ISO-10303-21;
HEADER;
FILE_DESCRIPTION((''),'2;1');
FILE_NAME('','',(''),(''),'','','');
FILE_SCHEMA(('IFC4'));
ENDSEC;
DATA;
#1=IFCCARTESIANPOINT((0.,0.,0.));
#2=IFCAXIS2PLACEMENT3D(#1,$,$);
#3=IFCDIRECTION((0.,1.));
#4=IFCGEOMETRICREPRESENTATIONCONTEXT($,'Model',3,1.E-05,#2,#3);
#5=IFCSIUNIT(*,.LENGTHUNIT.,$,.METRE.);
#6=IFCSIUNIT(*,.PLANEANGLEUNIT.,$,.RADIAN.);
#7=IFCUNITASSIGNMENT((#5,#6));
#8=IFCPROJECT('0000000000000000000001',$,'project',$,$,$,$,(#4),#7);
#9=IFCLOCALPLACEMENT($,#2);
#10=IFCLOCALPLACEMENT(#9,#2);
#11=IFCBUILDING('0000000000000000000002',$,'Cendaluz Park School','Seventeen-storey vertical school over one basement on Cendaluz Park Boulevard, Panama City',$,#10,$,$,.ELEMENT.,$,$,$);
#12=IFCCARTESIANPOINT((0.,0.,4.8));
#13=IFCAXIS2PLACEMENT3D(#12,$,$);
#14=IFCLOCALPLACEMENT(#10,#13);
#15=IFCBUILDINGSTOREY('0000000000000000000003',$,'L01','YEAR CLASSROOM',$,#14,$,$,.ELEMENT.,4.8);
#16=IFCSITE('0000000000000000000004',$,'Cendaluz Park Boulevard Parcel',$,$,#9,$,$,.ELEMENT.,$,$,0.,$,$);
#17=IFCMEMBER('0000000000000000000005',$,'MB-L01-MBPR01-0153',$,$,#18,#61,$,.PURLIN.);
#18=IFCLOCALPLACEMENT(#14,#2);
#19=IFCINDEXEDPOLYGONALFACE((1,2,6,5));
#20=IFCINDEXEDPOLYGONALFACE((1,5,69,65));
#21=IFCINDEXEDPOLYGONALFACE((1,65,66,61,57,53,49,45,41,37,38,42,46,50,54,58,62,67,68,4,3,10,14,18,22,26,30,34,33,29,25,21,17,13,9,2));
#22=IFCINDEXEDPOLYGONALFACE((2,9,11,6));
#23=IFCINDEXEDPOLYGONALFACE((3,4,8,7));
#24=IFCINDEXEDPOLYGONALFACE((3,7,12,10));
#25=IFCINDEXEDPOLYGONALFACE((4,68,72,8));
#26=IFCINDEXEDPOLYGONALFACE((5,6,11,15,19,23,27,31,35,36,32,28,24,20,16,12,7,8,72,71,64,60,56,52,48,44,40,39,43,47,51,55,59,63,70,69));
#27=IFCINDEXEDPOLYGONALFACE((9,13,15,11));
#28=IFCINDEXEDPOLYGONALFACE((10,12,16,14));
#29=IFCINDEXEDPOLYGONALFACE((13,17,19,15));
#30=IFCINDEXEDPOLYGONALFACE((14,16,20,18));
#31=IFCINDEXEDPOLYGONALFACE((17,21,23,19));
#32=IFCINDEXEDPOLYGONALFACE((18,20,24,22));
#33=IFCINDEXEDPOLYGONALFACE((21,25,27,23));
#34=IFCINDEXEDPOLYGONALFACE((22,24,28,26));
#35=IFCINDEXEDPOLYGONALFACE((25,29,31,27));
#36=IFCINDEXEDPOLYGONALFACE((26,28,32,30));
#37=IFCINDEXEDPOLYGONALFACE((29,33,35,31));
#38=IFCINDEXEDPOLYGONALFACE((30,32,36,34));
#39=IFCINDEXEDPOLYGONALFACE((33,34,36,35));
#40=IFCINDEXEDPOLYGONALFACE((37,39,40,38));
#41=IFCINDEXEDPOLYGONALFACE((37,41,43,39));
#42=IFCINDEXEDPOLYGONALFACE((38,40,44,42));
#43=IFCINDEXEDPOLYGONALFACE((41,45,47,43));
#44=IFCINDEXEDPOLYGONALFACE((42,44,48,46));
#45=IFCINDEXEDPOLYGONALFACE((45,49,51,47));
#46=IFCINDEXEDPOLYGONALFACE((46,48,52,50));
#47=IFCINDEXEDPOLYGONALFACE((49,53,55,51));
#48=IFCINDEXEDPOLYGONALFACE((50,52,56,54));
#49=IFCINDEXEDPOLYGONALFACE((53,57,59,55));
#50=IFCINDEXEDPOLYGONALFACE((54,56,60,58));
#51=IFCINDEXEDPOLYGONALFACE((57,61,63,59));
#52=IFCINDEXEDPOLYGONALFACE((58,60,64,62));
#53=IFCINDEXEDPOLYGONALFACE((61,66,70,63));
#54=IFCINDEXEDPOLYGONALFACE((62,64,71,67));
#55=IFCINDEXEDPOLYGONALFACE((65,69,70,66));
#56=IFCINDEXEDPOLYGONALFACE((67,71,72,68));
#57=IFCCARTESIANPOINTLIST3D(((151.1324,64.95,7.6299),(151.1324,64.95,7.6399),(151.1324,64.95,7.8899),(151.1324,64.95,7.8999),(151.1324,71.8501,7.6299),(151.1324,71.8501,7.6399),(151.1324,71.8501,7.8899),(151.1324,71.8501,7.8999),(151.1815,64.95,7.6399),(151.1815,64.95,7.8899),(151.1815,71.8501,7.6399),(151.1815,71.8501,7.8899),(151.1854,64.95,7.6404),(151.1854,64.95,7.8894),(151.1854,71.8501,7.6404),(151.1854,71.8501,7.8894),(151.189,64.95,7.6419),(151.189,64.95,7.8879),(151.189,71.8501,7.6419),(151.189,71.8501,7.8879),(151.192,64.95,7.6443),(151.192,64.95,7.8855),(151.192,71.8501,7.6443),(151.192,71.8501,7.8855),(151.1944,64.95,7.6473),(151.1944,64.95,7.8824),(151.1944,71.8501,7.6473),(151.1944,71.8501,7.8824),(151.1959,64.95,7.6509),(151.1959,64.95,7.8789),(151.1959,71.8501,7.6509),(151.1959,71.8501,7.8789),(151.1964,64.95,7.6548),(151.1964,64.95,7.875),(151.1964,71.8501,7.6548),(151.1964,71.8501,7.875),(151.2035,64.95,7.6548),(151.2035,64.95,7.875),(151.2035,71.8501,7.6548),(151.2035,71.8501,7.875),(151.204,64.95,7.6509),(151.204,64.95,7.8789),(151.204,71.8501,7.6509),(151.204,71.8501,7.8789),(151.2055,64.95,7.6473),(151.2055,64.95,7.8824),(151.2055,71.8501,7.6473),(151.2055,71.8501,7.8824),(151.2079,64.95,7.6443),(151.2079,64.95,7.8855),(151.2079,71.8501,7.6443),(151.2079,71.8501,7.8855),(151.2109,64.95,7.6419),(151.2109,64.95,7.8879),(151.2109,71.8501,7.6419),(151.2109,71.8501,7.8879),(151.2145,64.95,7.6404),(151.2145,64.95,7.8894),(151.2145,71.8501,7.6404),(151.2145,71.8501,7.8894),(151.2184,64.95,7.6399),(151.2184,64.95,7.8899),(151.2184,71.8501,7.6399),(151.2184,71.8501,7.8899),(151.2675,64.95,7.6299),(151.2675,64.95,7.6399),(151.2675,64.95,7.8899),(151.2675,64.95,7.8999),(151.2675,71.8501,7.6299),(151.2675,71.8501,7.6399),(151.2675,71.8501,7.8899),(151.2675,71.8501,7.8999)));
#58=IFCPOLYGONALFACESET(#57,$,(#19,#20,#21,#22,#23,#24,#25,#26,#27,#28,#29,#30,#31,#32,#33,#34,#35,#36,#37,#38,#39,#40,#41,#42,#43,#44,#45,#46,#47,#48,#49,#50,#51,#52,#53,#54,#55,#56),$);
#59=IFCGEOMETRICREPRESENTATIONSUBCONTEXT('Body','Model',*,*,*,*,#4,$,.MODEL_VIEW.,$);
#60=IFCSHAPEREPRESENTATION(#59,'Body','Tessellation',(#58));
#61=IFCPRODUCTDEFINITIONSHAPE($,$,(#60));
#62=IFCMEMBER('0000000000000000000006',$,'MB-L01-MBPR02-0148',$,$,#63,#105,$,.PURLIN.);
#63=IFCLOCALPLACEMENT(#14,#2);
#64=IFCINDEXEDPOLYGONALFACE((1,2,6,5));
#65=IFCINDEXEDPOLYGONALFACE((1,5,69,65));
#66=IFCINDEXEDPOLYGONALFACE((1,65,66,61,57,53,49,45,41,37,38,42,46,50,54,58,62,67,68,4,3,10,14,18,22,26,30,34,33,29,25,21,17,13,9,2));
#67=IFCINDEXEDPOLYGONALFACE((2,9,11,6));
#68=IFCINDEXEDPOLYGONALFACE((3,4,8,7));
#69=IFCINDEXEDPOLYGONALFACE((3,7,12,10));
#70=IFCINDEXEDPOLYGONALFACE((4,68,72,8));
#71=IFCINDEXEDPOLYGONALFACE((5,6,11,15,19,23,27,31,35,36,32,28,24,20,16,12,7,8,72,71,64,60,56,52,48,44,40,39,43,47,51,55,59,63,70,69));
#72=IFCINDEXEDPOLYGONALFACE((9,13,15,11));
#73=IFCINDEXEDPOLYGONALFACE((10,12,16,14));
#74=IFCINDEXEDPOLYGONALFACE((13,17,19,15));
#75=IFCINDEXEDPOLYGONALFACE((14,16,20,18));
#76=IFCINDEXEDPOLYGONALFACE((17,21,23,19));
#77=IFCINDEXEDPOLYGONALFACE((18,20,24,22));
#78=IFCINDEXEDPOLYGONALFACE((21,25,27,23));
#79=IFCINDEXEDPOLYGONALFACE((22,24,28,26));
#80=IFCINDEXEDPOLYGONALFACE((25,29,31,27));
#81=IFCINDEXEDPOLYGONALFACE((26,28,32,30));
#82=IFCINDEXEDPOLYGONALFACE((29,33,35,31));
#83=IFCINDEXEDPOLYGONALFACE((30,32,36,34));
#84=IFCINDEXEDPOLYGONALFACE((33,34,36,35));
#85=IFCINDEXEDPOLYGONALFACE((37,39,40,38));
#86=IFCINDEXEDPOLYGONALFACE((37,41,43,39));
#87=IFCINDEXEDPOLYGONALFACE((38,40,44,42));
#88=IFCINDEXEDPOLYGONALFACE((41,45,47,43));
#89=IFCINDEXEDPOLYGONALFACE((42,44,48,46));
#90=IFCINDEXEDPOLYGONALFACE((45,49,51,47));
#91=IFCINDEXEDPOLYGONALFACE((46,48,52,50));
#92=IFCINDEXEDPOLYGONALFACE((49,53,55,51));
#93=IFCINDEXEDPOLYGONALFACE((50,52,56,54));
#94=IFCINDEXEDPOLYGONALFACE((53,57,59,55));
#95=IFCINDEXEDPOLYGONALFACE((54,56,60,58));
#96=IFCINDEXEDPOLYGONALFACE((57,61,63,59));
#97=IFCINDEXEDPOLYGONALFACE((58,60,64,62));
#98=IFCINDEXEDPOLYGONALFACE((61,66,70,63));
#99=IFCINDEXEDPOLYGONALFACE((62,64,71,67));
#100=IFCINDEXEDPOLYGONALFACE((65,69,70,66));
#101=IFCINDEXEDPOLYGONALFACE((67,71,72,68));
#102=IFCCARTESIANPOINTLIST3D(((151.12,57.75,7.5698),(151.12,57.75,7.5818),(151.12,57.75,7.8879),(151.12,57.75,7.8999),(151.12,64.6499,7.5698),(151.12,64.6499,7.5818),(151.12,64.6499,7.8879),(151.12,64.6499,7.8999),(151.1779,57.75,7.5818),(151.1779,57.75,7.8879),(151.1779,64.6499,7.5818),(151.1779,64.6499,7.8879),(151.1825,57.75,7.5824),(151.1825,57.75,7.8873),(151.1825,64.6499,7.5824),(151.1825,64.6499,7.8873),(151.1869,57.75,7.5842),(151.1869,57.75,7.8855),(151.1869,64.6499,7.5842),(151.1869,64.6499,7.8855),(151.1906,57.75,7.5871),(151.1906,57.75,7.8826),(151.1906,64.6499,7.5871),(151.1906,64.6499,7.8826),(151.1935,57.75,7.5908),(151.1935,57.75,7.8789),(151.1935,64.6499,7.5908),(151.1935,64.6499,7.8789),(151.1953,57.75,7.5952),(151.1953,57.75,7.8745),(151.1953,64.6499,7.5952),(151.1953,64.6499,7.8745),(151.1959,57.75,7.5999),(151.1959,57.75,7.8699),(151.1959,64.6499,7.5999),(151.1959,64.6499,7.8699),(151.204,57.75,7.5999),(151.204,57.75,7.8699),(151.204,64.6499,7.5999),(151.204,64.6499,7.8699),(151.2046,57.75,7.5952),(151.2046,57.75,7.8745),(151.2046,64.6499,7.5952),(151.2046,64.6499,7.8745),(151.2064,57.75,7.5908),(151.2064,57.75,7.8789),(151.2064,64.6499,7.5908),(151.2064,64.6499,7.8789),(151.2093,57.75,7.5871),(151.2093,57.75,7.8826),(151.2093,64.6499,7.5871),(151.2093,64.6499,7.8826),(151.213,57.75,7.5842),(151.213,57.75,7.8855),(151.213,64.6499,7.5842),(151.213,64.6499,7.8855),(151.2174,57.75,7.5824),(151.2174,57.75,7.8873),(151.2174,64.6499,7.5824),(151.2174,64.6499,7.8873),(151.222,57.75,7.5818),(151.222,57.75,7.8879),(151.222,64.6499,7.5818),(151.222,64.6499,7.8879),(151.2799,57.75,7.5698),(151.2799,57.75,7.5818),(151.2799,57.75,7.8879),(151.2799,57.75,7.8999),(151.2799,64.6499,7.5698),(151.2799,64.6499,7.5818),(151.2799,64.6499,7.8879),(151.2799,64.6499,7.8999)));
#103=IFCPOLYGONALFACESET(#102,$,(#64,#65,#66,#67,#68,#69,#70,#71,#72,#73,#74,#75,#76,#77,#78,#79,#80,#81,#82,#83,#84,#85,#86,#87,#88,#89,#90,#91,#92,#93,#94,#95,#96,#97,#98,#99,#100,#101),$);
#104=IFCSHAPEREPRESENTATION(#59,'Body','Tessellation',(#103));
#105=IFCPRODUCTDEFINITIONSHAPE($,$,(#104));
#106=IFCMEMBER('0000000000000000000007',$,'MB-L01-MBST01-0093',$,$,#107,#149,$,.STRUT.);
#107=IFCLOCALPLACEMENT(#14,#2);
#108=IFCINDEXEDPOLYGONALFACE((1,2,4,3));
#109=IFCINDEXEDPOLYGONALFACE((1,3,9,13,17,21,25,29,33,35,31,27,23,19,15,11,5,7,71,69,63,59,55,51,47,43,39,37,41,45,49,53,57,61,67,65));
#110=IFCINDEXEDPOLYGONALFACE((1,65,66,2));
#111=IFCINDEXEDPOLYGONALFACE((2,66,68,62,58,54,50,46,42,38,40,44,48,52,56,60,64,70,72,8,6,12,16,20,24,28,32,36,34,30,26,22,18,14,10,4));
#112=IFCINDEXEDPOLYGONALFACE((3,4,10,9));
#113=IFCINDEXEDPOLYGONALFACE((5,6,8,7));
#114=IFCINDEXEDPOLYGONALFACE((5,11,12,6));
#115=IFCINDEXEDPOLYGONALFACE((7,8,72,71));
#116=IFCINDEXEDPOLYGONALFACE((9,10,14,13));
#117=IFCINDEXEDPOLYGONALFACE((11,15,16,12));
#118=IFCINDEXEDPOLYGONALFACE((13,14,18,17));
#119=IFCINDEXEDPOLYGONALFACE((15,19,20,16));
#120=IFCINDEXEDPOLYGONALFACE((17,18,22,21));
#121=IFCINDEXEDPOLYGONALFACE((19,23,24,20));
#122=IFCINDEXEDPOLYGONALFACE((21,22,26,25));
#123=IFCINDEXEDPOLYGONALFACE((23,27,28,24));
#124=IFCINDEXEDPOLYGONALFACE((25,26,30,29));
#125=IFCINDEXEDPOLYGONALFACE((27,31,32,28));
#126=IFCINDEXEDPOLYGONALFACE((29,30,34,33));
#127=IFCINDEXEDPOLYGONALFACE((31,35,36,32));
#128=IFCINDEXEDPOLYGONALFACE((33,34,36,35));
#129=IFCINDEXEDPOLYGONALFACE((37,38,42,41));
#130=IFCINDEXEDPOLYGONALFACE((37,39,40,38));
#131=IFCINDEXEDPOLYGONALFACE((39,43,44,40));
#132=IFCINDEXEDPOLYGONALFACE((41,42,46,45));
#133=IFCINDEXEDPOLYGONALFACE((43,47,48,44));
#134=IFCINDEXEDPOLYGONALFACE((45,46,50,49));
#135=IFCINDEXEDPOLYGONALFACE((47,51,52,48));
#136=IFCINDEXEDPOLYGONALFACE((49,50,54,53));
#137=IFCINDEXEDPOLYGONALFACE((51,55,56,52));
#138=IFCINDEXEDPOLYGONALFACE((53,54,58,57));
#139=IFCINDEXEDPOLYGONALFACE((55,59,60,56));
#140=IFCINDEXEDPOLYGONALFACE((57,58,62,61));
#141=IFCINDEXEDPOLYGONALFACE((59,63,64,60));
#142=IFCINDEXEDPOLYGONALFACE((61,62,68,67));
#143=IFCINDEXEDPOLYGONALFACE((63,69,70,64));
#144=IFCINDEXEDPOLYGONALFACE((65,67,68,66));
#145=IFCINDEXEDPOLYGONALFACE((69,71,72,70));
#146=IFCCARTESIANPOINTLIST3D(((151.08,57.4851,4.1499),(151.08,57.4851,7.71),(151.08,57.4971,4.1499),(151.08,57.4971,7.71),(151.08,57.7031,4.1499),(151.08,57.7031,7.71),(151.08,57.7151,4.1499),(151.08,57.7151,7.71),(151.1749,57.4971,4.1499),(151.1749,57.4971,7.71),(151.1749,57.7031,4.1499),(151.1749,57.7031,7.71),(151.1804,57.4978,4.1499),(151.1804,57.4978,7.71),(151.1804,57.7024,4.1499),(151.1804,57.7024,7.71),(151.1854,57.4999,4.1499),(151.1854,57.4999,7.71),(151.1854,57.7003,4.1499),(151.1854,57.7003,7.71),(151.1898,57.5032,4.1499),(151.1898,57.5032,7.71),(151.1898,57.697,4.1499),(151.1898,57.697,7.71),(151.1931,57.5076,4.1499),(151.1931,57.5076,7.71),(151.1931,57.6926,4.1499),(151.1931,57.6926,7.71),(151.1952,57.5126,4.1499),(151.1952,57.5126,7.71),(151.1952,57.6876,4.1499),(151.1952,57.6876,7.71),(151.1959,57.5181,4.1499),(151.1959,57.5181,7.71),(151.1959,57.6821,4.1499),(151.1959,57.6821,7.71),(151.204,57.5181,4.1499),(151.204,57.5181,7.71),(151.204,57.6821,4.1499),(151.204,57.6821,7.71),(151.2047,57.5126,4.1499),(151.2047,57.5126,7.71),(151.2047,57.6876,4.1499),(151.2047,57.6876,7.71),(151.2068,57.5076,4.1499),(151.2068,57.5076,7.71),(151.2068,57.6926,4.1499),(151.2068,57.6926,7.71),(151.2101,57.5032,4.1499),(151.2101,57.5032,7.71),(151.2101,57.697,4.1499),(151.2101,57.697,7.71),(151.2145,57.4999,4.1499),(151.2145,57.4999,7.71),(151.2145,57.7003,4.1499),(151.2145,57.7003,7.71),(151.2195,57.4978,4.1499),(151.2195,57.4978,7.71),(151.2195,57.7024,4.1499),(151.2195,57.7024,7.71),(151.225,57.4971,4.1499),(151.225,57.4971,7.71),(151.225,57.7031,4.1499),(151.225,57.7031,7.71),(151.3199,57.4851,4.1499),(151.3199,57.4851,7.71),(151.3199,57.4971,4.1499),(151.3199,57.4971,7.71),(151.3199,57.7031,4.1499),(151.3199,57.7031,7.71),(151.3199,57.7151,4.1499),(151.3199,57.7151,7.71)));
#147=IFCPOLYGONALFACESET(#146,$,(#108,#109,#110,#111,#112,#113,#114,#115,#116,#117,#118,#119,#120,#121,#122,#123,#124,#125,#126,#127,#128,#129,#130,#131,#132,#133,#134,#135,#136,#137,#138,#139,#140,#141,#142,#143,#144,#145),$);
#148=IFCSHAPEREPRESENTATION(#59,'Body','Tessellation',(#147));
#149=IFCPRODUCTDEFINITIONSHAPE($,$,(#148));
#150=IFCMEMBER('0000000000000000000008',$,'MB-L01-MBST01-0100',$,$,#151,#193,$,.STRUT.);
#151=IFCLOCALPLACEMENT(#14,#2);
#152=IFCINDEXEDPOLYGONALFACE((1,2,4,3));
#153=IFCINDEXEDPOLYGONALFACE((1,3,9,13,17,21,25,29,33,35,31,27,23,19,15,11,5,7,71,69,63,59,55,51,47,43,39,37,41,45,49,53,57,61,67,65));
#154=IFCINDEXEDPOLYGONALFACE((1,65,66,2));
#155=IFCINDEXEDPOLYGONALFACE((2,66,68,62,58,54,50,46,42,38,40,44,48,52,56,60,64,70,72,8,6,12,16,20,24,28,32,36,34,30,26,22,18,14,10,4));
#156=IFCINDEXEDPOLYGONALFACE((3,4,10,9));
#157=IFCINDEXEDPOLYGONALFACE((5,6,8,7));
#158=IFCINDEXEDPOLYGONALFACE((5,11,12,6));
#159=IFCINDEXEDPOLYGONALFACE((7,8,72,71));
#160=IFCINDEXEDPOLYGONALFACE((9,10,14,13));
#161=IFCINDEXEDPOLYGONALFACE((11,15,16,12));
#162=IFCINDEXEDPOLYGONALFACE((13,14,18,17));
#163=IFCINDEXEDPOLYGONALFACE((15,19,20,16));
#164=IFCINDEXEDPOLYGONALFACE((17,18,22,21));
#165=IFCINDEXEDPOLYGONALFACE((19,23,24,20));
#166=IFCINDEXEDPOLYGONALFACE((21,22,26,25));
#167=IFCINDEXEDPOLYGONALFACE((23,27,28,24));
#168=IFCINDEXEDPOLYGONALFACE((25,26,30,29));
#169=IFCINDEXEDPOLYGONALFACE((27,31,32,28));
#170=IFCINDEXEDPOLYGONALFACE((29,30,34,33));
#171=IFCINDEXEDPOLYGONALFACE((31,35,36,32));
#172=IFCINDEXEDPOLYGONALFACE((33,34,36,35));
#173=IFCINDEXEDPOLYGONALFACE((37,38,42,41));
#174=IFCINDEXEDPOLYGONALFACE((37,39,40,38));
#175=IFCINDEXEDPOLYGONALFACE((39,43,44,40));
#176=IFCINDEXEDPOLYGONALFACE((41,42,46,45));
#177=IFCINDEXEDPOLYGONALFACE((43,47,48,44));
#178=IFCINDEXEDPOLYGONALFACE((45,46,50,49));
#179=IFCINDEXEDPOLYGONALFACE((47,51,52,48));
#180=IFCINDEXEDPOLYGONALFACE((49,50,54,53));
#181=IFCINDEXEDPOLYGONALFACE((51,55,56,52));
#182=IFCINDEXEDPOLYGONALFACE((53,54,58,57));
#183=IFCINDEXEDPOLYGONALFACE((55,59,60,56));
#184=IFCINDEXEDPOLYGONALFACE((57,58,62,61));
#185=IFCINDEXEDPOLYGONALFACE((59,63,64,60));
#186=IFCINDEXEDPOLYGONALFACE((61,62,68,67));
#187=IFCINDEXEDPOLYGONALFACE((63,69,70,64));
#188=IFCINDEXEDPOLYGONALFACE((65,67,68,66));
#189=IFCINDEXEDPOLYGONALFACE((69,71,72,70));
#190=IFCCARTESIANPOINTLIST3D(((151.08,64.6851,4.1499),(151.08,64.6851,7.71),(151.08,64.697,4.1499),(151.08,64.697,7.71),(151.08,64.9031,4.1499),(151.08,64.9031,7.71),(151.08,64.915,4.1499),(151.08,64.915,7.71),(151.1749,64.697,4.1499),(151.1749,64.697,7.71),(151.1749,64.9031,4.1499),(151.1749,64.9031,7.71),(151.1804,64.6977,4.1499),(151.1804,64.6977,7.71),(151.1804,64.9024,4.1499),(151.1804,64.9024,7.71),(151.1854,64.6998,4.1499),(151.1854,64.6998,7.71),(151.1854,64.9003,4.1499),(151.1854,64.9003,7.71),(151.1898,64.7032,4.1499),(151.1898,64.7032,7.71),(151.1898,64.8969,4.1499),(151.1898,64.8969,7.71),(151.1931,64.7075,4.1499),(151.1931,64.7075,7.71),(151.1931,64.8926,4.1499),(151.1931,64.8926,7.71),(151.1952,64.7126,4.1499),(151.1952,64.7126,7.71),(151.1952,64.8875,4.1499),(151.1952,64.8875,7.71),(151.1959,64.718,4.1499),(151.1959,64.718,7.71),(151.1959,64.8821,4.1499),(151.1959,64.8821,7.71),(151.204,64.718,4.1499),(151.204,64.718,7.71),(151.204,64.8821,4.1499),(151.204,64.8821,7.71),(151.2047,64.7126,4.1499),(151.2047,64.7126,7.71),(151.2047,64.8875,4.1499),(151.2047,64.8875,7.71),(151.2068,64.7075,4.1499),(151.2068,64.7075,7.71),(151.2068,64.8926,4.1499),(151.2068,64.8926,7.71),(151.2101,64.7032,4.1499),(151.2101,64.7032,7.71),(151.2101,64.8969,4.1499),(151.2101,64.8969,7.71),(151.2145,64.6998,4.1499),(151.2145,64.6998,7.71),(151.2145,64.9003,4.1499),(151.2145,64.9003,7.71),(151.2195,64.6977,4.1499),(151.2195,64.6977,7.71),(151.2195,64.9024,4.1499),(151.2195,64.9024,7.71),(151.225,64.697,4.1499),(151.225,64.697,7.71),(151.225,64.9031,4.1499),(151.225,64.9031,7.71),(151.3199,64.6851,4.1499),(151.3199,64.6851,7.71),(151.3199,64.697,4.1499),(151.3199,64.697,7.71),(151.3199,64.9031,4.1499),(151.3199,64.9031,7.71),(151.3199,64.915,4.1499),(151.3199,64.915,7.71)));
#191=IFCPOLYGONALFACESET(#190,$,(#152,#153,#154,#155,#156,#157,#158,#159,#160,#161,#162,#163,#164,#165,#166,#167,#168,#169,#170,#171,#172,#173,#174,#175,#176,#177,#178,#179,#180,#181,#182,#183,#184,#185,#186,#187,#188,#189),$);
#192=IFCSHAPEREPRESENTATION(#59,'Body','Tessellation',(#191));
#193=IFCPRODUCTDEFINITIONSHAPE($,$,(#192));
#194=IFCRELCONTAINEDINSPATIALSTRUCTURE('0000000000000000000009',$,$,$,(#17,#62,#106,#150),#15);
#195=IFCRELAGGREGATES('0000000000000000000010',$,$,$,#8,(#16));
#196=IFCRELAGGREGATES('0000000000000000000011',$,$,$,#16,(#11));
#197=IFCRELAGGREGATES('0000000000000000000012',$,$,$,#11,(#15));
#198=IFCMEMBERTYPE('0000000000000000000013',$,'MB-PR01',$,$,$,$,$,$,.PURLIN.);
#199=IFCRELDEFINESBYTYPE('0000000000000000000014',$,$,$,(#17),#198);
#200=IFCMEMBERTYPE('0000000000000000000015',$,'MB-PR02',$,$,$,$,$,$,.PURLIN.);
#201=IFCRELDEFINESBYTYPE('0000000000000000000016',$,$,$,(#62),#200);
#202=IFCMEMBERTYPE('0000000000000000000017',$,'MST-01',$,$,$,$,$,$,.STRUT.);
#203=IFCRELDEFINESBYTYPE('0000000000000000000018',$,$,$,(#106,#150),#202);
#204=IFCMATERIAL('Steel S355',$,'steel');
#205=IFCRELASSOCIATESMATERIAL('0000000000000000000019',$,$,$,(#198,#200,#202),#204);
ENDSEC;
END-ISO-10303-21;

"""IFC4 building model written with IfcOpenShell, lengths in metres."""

from ifc_helpers import new_model, si_unit, direction, frame, origin, origin_2d, place, context, subcontext, project, spatial, i_section, extrude, material, material_profile, profile_set, type_object, element, save


model = new_model("IFC4")

# Units and contexts
model_context = context("Model", 3, precision=1e-05, world=origin(), true_north=direction((0.0, 1.0)))
body_context = subcontext(model_context, "Body", "Model", "MODEL_VIEW")
ifc_project = project(units=[si_unit("LENGTHUNIT", "METRE"), si_unit("PLANEANGLEUNIT", "RADIAN")], contexts=[model_context])

# Site, building, storey
site_placement = place(None, origin())
site = spatial("IfcSite", under=ifc_project, at=site_placement, Name="Cendaluz Park Boulevard Parcel", CompositionType="ELEMENT", RefElevation=0.0)
building_placement = place(site_placement, origin())
building = spatial("IfcBuilding", under=site, at=building_placement, Name="Cendaluz Park School", Description="Seventeen-storey vertical school over one basement on Cendaluz Park Boulevard, Panama City", CompositionType="ELEMENT")
storey_placement = place(building_placement, frame((0.0, 0.0, 4.8)))
storey = spatial("IfcBuildingStorey", under=building, at=storey_placement, Name="L01", Description="YEAR CLASSROOM", CompositionType="ELEMENT", Elevation=4.8)

# Members
ifc_material_1 = material(Name="Steel S355", Category="steel")
ifc_material_profile_1 = material_profile(ifc_material_1, i_section(OverallWidth=0.135, OverallDepth=0.27, WebThickness=0.0071, FlangeThickness=0.01, FilletRadius=0.0149, at=origin_2d()), Name="IPE 270", Category="steel")
ifc_profile_set_1 = profile_set([ifc_material_profile_1], Name="Steel S355")
member_type_1 = type_object("IfcMemberType", Name="MB-PR01", PredefinedType="PURLIN", material=ifc_profile_set_1)
member_1_placement = place(storey_placement, frame((151.2, 64.95, 7.7649), z_axis=(0.0, 1.0, 0.0), x_axis=(-1.0, 0.0, 0.0)))
element("IfcMember", 1, at=member_1_placement, inside=storey, type_object=member_type_1, Name="MB-L01-MBPR01-0153", PredefinedType="PURLIN", context=body_context, shape_type="SweptSolid", body=[
    extrude(i_section(OverallWidth=0.135, OverallDepth=0.27, WebThickness=0.0071, FlangeThickness=0.01, FilletRadius=0.0149, at=origin_2d()), origin(), (0.0, 0.0, 1.0), 6.9001),
])
ifc_material_profile_2 = material_profile(ifc_material_1, i_section(OverallWidth=0.1599, OverallDepth=0.3301, WebThickness=0.0081, FlangeThickness=0.012, FilletRadius=0.0181, at=origin_2d()), Name="IPE 330", Category="steel")
ifc_profile_set_2 = profile_set([ifc_material_profile_2], Name="Steel S355")
member_type_2 = type_object("IfcMemberType", Name="MB-PR02", PredefinedType="PURLIN", material=ifc_profile_set_2)
member_2_placement = place(storey_placement, frame((151.2, 57.75, 7.7349), z_axis=(0.0, 1.0, 0.0), x_axis=(-1.0, 0.0, 0.0)))
element("IfcMember", 2, at=member_2_placement, inside=storey, type_object=member_type_2, Name="MB-L01-MBPR02-0148", PredefinedType="PURLIN", context=body_context, shape_type="SweptSolid", body=[
    extrude(i_section(OverallWidth=0.1599, OverallDepth=0.3301, WebThickness=0.0081, FlangeThickness=0.012, FilletRadius=0.0181, at=origin_2d()), origin(), (0.0, 0.0, 1.0), 6.8999),
])
ifc_material_profile_3 = material_profile(ifc_material_1, i_section(OverallWidth=0.24, OverallDepth=0.23, WebThickness=0.0081, FlangeThickness=0.012, FilletRadius=0.021, at=origin_2d()), Name="HEA 240", Category="steel")
ifc_profile_set_3 = profile_set([ifc_material_profile_3], Name="Steel S355")
member_type_3 = type_object("IfcMemberType", Name="MST-01", PredefinedType="STRUT", material=ifc_profile_set_3)
for number, where, z_axis, x_axis, name in (
    (3, (151.2, 57.6001, 4.1499), (0.0, 0.0, 1.0), (1.0, 0.0, 0.0), "MB-L01-MBST01-0093"),
    (4, (151.2, 64.8, 4.1499), (0.0, 0.0, 1.0), (1.0, 0.0, 0.0), "MB-L01-MBST01-0100"),
):
    element("IfcMember", number, at=place(storey_placement, frame(where, z_axis=z_axis, x_axis=x_axis)), inside=storey, type_object=member_type_3, Name=name, PredefinedType="STRUT", context=body_context, shape_type="SweptSolid", body=[
        extrude(i_section(OverallWidth=0.24, OverallDepth=0.23, WebThickness=0.0081, FlangeThickness=0.012, FilletRadius=0.021, at=origin_2d()), origin(), (0.0, 0.0, 1.0), 3.5601),
    ])

save(model, "model.ifc")
